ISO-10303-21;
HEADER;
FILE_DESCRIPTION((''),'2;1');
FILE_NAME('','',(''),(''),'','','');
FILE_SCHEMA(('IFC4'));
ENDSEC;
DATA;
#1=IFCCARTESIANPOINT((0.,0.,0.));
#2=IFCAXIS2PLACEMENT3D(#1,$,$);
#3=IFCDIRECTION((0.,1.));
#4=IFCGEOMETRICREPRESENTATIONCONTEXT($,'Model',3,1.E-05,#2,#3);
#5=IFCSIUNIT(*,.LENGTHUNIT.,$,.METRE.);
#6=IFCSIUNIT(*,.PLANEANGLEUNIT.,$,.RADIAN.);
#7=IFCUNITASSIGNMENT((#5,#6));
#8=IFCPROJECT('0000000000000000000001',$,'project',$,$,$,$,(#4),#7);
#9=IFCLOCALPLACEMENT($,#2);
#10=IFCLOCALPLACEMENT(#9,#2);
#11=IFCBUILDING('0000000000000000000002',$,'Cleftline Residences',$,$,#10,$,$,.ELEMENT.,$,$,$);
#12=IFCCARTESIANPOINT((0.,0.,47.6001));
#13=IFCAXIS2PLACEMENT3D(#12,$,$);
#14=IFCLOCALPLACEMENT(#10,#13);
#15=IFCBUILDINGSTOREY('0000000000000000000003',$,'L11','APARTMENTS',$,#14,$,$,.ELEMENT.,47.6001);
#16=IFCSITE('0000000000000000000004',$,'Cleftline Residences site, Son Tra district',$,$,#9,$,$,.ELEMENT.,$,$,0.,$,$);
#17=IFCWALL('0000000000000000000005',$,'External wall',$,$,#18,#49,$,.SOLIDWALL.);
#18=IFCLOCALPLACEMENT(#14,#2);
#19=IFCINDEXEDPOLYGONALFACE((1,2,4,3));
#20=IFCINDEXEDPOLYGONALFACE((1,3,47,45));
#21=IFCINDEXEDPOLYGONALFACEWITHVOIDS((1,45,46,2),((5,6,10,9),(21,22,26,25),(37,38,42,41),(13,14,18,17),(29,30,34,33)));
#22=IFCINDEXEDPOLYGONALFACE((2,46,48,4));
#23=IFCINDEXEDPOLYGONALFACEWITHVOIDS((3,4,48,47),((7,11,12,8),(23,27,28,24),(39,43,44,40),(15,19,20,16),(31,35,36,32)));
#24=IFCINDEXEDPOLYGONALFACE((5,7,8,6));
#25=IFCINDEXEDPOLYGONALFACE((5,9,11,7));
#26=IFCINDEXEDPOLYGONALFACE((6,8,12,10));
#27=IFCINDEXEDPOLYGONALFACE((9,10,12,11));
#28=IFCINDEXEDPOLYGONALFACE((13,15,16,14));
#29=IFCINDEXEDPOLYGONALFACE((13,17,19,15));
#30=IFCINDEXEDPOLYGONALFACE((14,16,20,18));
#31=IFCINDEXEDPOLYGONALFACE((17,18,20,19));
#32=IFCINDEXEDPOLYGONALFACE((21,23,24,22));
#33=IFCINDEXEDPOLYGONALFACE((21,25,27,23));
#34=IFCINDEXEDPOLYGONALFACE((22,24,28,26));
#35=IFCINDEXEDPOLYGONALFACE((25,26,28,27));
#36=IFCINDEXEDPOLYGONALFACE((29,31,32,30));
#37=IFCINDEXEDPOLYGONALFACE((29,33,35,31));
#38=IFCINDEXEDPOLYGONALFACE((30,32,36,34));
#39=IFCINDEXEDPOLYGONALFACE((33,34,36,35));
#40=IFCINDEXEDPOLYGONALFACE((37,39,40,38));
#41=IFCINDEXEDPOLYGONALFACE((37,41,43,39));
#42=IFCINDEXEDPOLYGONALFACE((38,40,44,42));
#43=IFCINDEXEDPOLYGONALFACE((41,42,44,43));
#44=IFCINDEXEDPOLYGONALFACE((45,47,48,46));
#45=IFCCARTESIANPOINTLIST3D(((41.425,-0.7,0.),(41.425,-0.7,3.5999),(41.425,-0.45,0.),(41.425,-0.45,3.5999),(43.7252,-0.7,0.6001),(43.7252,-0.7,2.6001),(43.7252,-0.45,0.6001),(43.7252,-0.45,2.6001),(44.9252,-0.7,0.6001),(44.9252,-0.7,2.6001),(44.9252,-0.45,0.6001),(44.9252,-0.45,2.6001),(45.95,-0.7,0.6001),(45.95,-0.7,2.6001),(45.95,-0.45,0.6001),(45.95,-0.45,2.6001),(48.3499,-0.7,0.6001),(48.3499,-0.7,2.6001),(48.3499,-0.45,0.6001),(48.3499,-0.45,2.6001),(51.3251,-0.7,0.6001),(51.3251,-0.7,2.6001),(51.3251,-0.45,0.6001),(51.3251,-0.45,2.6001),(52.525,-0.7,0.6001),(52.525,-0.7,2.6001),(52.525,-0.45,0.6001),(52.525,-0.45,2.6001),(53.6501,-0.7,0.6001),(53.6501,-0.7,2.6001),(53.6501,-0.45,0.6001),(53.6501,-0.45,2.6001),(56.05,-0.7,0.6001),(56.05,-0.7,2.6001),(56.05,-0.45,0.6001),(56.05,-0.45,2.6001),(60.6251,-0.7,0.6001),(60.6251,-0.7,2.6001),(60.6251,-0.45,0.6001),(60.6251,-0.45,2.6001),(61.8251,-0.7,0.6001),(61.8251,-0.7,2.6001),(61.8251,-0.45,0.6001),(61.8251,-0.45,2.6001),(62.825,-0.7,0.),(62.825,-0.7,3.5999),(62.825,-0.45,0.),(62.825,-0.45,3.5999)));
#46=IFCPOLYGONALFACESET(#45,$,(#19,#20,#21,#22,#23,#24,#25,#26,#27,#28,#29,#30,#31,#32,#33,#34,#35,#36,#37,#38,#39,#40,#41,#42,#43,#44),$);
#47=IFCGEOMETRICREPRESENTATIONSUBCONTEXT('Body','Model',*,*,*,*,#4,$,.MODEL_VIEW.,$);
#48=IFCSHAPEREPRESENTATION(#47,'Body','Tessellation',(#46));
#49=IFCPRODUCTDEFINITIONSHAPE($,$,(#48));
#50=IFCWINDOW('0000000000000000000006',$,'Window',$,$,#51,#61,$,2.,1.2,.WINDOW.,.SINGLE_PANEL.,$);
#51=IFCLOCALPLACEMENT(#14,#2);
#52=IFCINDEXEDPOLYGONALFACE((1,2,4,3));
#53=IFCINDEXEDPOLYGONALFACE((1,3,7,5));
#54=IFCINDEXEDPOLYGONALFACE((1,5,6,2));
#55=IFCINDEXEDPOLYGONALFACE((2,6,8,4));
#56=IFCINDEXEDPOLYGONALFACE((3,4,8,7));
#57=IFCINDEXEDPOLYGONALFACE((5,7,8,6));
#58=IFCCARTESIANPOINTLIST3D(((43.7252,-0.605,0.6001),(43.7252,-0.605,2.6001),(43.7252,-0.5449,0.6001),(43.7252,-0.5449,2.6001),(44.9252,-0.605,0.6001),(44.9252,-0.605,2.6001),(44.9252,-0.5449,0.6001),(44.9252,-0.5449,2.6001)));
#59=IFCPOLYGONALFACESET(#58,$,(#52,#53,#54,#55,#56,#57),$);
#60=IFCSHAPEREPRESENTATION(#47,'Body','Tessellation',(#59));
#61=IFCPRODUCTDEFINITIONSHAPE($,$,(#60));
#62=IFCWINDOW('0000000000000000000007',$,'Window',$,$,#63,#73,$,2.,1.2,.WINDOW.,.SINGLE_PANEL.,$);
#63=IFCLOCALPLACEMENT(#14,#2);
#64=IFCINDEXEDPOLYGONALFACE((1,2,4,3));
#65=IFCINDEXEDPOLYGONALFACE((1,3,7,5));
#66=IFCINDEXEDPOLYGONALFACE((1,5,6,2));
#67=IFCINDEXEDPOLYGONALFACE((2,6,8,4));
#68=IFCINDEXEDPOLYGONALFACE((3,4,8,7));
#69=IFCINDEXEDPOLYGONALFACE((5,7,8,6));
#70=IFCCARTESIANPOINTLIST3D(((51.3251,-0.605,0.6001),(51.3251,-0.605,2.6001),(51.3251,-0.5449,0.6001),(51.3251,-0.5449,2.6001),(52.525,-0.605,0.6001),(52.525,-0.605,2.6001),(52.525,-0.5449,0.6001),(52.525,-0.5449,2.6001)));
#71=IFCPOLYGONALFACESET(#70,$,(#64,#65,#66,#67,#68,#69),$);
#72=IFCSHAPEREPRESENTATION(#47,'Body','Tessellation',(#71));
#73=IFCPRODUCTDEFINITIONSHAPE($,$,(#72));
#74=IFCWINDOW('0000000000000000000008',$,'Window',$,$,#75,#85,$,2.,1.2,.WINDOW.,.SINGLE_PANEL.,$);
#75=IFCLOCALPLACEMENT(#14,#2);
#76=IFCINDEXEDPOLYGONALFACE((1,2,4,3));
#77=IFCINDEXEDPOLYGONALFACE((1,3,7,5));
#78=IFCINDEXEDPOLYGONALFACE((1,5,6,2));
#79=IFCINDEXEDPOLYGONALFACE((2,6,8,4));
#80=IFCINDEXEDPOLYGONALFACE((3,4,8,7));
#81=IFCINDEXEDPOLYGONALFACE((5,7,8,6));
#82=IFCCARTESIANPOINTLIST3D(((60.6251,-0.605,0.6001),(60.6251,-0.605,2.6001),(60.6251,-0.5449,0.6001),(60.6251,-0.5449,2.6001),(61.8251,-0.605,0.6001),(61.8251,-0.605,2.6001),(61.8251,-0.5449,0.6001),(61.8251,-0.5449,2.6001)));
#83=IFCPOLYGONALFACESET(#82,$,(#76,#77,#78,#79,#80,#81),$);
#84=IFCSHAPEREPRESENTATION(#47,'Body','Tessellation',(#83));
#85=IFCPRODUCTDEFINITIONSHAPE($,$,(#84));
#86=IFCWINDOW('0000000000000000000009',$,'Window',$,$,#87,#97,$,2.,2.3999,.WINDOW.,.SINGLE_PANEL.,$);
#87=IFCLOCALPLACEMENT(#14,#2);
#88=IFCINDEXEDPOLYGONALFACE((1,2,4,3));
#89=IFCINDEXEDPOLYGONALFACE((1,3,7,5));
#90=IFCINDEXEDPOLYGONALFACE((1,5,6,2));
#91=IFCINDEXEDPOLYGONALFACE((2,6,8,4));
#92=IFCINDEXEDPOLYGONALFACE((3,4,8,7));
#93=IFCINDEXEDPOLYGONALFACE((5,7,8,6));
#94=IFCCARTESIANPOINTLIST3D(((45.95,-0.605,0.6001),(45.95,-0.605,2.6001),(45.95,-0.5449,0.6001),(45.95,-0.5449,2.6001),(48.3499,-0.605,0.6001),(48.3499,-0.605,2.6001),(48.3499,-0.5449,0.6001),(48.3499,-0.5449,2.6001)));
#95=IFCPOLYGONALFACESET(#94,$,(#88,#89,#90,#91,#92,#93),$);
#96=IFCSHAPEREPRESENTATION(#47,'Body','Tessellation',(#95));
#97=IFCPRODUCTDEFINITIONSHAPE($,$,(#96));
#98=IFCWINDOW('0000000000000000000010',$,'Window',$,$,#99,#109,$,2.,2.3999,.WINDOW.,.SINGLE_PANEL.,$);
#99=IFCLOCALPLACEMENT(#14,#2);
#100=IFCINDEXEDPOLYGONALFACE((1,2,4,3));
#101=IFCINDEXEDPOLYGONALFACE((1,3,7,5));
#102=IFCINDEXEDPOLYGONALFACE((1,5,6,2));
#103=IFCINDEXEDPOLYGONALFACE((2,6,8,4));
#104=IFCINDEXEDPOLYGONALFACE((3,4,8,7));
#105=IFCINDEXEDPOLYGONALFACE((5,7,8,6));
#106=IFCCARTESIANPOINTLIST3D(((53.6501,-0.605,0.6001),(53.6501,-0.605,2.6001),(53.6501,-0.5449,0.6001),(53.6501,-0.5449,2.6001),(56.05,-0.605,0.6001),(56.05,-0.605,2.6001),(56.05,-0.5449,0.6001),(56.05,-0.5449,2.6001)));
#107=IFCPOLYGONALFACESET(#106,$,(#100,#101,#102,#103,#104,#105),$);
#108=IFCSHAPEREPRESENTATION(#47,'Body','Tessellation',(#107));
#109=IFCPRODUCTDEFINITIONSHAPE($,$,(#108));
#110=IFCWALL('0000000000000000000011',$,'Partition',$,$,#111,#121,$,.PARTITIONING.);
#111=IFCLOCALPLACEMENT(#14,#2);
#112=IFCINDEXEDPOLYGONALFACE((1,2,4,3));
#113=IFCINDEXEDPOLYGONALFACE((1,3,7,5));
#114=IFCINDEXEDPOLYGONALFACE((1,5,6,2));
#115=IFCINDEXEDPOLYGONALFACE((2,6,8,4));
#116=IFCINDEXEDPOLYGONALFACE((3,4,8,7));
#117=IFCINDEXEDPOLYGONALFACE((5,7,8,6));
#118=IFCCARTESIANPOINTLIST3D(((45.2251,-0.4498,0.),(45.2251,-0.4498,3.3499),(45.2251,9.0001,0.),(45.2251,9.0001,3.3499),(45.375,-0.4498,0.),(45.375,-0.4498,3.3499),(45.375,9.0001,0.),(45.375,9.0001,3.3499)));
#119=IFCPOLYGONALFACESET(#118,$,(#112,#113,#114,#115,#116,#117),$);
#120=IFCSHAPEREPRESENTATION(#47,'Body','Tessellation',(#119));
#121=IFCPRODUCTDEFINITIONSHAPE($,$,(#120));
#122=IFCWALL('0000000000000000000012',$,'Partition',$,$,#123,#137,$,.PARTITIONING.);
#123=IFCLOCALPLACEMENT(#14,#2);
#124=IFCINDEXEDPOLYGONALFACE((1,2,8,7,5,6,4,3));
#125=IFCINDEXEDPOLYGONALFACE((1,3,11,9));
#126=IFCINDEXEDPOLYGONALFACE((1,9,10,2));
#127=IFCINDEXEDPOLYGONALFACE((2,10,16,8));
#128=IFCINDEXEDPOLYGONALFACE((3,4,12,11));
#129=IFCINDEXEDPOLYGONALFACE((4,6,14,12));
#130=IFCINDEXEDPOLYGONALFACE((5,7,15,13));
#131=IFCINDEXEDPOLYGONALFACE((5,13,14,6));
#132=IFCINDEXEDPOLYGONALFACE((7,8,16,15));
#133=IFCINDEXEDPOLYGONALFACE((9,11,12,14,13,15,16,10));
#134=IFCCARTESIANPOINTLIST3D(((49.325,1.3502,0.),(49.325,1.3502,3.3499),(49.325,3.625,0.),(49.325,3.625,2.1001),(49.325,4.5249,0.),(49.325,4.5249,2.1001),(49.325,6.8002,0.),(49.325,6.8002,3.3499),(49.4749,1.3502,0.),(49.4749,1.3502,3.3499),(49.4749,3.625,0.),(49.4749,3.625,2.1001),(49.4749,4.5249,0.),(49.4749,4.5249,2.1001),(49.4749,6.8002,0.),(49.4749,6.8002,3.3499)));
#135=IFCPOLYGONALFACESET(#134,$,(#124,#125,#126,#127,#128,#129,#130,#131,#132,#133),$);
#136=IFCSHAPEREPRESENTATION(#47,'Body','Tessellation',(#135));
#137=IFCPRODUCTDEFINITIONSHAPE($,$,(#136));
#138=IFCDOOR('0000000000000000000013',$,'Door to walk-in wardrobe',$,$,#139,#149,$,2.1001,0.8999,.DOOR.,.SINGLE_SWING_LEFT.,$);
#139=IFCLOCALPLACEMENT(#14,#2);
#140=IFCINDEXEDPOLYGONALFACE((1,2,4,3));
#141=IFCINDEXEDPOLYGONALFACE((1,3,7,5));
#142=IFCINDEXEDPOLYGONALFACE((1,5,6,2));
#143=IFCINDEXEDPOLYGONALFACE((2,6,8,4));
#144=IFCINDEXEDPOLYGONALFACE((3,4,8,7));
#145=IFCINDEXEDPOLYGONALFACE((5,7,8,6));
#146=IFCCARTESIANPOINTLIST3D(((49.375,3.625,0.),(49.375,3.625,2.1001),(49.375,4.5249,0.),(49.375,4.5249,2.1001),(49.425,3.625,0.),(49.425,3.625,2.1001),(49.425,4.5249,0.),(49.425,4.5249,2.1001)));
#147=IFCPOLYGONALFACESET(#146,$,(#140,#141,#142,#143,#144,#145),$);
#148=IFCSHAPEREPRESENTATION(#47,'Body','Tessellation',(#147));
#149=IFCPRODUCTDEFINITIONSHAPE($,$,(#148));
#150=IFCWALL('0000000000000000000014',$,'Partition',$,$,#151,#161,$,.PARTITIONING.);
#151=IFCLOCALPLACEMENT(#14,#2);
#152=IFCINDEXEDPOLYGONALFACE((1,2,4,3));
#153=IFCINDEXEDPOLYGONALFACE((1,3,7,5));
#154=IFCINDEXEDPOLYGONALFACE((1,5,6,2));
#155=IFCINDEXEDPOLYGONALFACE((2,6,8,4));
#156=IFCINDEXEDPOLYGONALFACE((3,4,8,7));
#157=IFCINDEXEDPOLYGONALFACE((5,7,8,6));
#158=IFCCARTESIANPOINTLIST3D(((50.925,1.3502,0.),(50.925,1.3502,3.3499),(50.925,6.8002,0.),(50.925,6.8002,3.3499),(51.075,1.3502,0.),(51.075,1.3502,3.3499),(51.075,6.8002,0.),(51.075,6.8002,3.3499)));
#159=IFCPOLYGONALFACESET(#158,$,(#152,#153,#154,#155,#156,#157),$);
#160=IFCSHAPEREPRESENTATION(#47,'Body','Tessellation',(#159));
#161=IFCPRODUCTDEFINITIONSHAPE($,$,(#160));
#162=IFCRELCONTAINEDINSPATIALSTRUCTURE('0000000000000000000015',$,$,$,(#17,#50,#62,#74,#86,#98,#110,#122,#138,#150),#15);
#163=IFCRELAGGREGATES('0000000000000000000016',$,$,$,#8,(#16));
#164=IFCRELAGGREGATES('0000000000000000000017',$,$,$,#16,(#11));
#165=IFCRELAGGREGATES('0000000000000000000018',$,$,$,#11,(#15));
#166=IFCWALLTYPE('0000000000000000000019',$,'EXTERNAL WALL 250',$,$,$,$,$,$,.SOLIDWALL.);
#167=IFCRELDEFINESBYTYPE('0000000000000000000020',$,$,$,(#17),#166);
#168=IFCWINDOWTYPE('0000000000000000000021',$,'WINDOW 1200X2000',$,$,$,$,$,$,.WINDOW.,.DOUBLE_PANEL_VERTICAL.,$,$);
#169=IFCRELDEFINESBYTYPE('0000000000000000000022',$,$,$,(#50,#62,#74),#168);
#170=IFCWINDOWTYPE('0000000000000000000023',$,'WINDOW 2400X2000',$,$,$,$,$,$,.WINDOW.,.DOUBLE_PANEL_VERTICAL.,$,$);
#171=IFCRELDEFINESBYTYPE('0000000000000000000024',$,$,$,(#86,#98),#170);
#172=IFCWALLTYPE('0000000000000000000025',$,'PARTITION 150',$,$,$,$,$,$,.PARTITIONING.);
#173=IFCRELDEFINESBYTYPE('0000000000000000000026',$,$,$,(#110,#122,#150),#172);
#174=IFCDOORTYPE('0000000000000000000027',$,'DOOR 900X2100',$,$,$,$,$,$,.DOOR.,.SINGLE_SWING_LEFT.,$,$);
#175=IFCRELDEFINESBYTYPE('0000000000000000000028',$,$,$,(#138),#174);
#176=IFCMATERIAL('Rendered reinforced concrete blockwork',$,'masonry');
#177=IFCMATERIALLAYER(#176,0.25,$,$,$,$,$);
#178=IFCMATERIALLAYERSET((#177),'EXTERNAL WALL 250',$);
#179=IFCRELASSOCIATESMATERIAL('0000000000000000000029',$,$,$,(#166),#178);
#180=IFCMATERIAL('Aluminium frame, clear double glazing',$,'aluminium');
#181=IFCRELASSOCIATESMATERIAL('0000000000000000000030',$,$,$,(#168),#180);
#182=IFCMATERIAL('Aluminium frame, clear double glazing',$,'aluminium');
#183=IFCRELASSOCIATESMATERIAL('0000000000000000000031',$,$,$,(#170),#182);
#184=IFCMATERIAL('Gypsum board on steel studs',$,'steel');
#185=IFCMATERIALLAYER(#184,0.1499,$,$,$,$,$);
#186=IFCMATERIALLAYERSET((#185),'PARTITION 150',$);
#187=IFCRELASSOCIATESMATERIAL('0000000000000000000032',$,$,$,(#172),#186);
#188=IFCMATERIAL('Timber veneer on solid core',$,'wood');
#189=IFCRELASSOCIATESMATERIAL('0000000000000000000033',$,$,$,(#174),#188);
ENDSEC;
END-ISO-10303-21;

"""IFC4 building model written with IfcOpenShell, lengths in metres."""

from ifc_helpers import new_model, si_unit, direction, frame, frame_2d, origin, place, context, subcontext, project, spatial, rectangle, extrude, material, layer, layer_set, type_object, element, fill, save


model = new_model("IFC4")

# Units and contexts
model_context = context("Model", 3, precision=1e-05, world=origin(), true_north=direction((0.0, 1.0)))
body_context = subcontext(model_context, "Body", "Model", "MODEL_VIEW")
ifc_project = project(units=[si_unit("LENGTHUNIT", "METRE"), si_unit("PLANEANGLEUNIT", "RADIAN")], contexts=[model_context])

# Site, building, storey
site_placement = place(None, origin())
site = spatial("IfcSite", under=ifc_project, at=site_placement, Name="Cleftline Residences site, Son Tra district", CompositionType="ELEMENT", RefElevation=0.0)
building_placement = place(site_placement, origin())
building = spatial("IfcBuilding", under=site, at=building_placement, Name="Cleftline Residences", CompositionType="ELEMENT")
storey_placement = place(building_placement, frame((0.0, 0.0, 47.6001)))
storey = spatial("IfcBuildingStorey", under=building, at=storey_placement, Name="L11", Description="APARTMENTS", CompositionType="ELEMENT", Elevation=47.6001)

# Wall, openings, windows
ifc_material_1 = material(Name="Rendered reinforced concrete blockwork", Category="masonry")
ifc_layer_1 = layer(ifc_material_1, 0.25)
ifc_layer_set_1 = layer_set([ifc_layer_1], Name="EXTERNAL WALL 250")
wall_type_1 = type_object("IfcWallType", Name="EXTERNAL WALL 250", PredefinedType="SOLIDWALL", material=ifc_layer_set_1)
wall_1_placement = place(storey_placement, frame((41.425, -0.575, 0.0), z_axis=(0.0, 0.0, 1.0), x_axis=(1.0, 0.0, 0.0)))
wall_1 = element("IfcWall", 1, at=wall_1_placement, inside=storey, type_object=wall_type_1, Name="External wall", PredefinedType="SOLIDWALL", context=body_context, shape_type="SweptSolid", body=[
    extrude(rectangle(XDim=21.3999, YDim=0.25, at=frame_2d((10.7, 0.0))), origin(), (0.0, 0.0, 1.0), 3.5999),
])
opening_1_placement = place(wall_1_placement, frame((2.3, 0.0, 0.6001)))
opening_1 = element("IfcOpeningElement", 2, at=opening_1_placement, cuts=wall_1, PredefinedType="OPENING", context=body_context, shape_type="SweptSolid", body=[
    extrude(rectangle(XDim=1.2, YDim=2.0, at=frame_2d((0.6001, 1.0))), frame((0.0, 0.135, 0.0), z_axis=(0.0, -1.0, 0.0), x_axis=(1.0, 0.0, 0.0)), (0.0, 0.0, 1.0), 0.27),
])
opening_2_placement = place(wall_1_placement, frame((4.5249, 0.0, 0.6001)))
opening_2 = element("IfcOpeningElement", 3, at=opening_2_placement, cuts=wall_1, PredefinedType="OPENING", context=body_context, shape_type="SweptSolid", body=[
    extrude(rectangle(XDim=2.3999, YDim=2.0, at=frame_2d((1.2, 1.0))), frame((0.0, 0.135, 0.0), z_axis=(0.0, -1.0, 0.0), x_axis=(1.0, 0.0, 0.0)), (0.0, 0.0, 1.0), 0.27),
])
opening_3_placement = place(wall_1_placement, frame((9.8999, 0.0, 0.6001)))
opening_3 = element("IfcOpeningElement", 4, at=opening_3_placement, cuts=wall_1, PredefinedType="OPENING", context=body_context, shape_type="SweptSolid", body=[
    extrude(rectangle(XDim=1.2, YDim=2.0, at=frame_2d((0.6001, 1.0))), frame((0.0, 0.135, 0.0), z_axis=(0.0, -1.0, 0.0), x_axis=(1.0, 0.0, 0.0)), (0.0, 0.0, 1.0), 0.27),
])
opening_4_placement = place(wall_1_placement, frame((12.2251, 0.0, 0.6001)))
opening_4 = element("IfcOpeningElement", 5, at=opening_4_placement, cuts=wall_1, PredefinedType="OPENING", context=body_context, shape_type="SweptSolid", body=[
    extrude(rectangle(XDim=2.3999, YDim=2.0, at=frame_2d((1.2, 1.0))), frame((0.0, 0.135, 0.0), z_axis=(0.0, -1.0, 0.0), x_axis=(1.0, 0.0, 0.0)), (0.0, 0.0, 1.0), 0.27),
])
opening_5_placement = place(wall_1_placement, frame((19.2, 0.0, 0.6001)))
opening_5 = element("IfcOpeningElement", 6, at=opening_5_placement, cuts=wall_1, PredefinedType="OPENING", context=body_context, shape_type="SweptSolid", body=[
    extrude(rectangle(XDim=1.2, YDim=2.0, at=frame_2d((0.6001, 1.0))), frame((0.0, 0.135, 0.0), z_axis=(0.0, -1.0, 0.0), x_axis=(1.0, 0.0, 0.0)), (0.0, 0.0, 1.0), 0.27),
])
ifc_material_2 = material(Name="Aluminium frame, clear double glazing", Category="aluminium")
window_type_1 = type_object("IfcWindowType", Name="WINDOW 1200X2000", PartitioningType="DOUBLE_PANEL_VERTICAL", PredefinedType="WINDOW", material=ifc_material_2)
window_1_placement = place(opening_1_placement, origin())
window_1 = element("IfcWindow", 7, at=window_1_placement, inside=storey, type_object=window_type_1, Name="Window", OverallHeight=2.0, OverallWidth=1.2, PartitioningType="SINGLE_PANEL", PredefinedType="WINDOW", context=body_context, shape_type="SweptSolid", body=[
    extrude(rectangle(XDim=1.2, YDim=2.0, at=frame_2d((0.6001, 1.0))), frame((0.0, 0.03, 0.0), z_axis=(0.0, -1.0, 0.0), x_axis=(1.0, 0.0, 0.0)), (0.0, 0.0, 1.0), 0.0601),
])
fill(opening_1, window_1)
window_2_placement = place(opening_3_placement, origin())
window_2 = element("IfcWindow", 8, at=window_2_placement, inside=storey, type_object=window_type_1, Name="Window", OverallHeight=2.0, OverallWidth=1.2, PartitioningType="SINGLE_PANEL", PredefinedType="WINDOW", context=body_context, shape_type="SweptSolid", body=[
    extrude(rectangle(XDim=1.2, YDim=2.0, at=frame_2d((0.6001, 1.0))), frame((0.0, 0.03, 0.0), z_axis=(0.0, -1.0, 0.0), x_axis=(1.0, 0.0, 0.0)), (0.0, 0.0, 1.0), 0.0601),
])
fill(opening_3, window_2)
window_3_placement = place(opening_5_placement, origin())
window_3 = element("IfcWindow", 9, at=window_3_placement, inside=storey, type_object=window_type_1, Name="Window", OverallHeight=2.0, OverallWidth=1.2, PartitioningType="SINGLE_PANEL", PredefinedType="WINDOW", context=body_context, shape_type="SweptSolid", body=[
    extrude(rectangle(XDim=1.2, YDim=2.0, at=frame_2d((0.6001, 1.0))), frame((0.0, 0.03, 0.0), z_axis=(0.0, -1.0, 0.0), x_axis=(1.0, 0.0, 0.0)), (0.0, 0.0, 1.0), 0.0601),
])
fill(opening_5, window_3)
ifc_material_3 = material(Name="Aluminium frame, clear double glazing", Category="aluminium")
window_type_2 = type_object("IfcWindowType", Name="WINDOW 2400X2000", PartitioningType="DOUBLE_PANEL_VERTICAL", PredefinedType="WINDOW", material=ifc_material_3)
window_4_placement = place(opening_2_placement, origin())
window_4 = element("IfcWindow", 10, at=window_4_placement, inside=storey, type_object=window_type_2, Name="Window", OverallHeight=2.0, OverallWidth=2.3999, PartitioningType="SINGLE_PANEL", PredefinedType="WINDOW", context=body_context, shape_type="SweptSolid", body=[
    extrude(rectangle(XDim=2.3999, YDim=2.0, at=frame_2d((1.2, 1.0))), frame((0.0, 0.03, 0.0), z_axis=(0.0, -1.0, 0.0), x_axis=(1.0, 0.0, 0.0)), (0.0, 0.0, 1.0), 0.0601),
])
fill(opening_2, window_4)
window_5_placement = place(opening_4_placement, origin())
window_5 = element("IfcWindow", 11, at=window_5_placement, inside=storey, type_object=window_type_2, Name="Window", OverallHeight=2.0, OverallWidth=2.3999, PartitioningType="SINGLE_PANEL", PredefinedType="WINDOW", context=body_context, shape_type="SweptSolid", body=[
    extrude(rectangle(XDim=2.3999, YDim=2.0, at=frame_2d((1.2, 1.0))), frame((0.0, 0.03, 0.0), z_axis=(0.0, -1.0, 0.0), x_axis=(1.0, 0.0, 0.0)), (0.0, 0.0, 1.0), 0.0601),
])
fill(opening_4, window_5)

# Wall
ifc_material_4 = material(Name="Gypsum board on steel studs", Category="steel")
ifc_layer_2 = layer(ifc_material_4, 0.1499)
ifc_layer_set_2 = layer_set([ifc_layer_2], Name="PARTITION 150")
wall_type_2 = type_object("IfcWallType", Name="PARTITION 150", PredefinedType="PARTITIONING", material=ifc_layer_set_2)
wall_2_placement = place(storey_placement, frame((45.3, -0.45, 0.0), z_axis=(0.0, 0.0, 1.0), x_axis=(0.0, 1.0, 0.0)))
element("IfcWall", 12, at=wall_2_placement, inside=storey, type_object=wall_type_2, Name="Partition", PredefinedType="PARTITIONING", context=body_context, shape_type="SweptSolid", body=[
    extrude(rectangle(XDim=9.45, YDim=0.1499, at=frame_2d((4.7251, 0.0))), origin(), (0.0, 0.0, 1.0), 3.3499),
])

# Wall, opening, door
wall_3_placement = place(storey_placement, frame((49.3999, 1.3501, 0.0), z_axis=(0.0, 0.0, 1.0), x_axis=(0.0, 1.0, 0.0)))
wall_3 = element("IfcWall", 13, at=wall_3_placement, inside=storey, type_object=wall_type_2, Name="Partition", PredefinedType="PARTITIONING", context=body_context, shape_type="SweptSolid", body=[
    extrude(rectangle(XDim=5.45, YDim=0.1499, at=frame_2d((2.7251, 0.0))), origin(), (0.0, 0.0, 1.0), 3.3499),
])
opening_6_placement = place(wall_3_placement, frame((2.2749, 0.0, 0.0)))
opening_6 = element("IfcOpeningElement", 14, at=opening_6_placement, cuts=wall_3, PredefinedType="OPENING", context=body_context, shape_type="SweptSolid", body=[
    extrude(rectangle(XDim=0.8999, YDim=2.1001, at=frame_2d((0.45, 1.05))), frame((0.0, 0.085, 0.0), z_axis=(0.0, -1.0, 0.0), x_axis=(1.0, 0.0, 0.0)), (0.0, 0.0, 1.0), 0.1699),
])
ifc_material_5 = material(Name="Timber veneer on solid core", Category="wood")
door_type = type_object("IfcDoorType", Name="DOOR 900X2100", OperationType="SINGLE_SWING_LEFT", PredefinedType="DOOR", material=ifc_material_5)
door_placement = place(opening_6_placement, origin())
door = element("IfcDoor", 15, at=door_placement, inside=storey, type_object=door_type, Name="Door to walk-in wardrobe", OperationType="SINGLE_SWING_LEFT", OverallHeight=2.1001, OverallWidth=0.8999, PredefinedType="DOOR", context=body_context, shape_type="SweptSolid", body=[
    extrude(rectangle(XDim=0.8999, YDim=2.1001, at=frame_2d((0.45, 1.05))), frame((0.0, 0.0249, 0.0), z_axis=(0.0, -1.0, 0.0), x_axis=(1.0, 0.0, 0.0)), (0.0, 0.0, 1.0), 0.05),
])
fill(opening_6, door)

# Wall
wall_4_placement = place(storey_placement, frame((51.0, 1.3501, 0.0), z_axis=(0.0, 0.0, 1.0), x_axis=(0.0, 1.0, 0.0)))
element("IfcWall", 16, at=wall_4_placement, inside=storey, type_object=wall_type_2, Name="Partition", PredefinedType="PARTITIONING", context=body_context, shape_type="SweptSolid", body=[
    extrude(rectangle(XDim=5.45, YDim=0.1499, at=frame_2d((2.7251, 0.0))), origin(), (0.0, 0.0, 1.0), 3.3499),
])

save(model, "model.ifc")
